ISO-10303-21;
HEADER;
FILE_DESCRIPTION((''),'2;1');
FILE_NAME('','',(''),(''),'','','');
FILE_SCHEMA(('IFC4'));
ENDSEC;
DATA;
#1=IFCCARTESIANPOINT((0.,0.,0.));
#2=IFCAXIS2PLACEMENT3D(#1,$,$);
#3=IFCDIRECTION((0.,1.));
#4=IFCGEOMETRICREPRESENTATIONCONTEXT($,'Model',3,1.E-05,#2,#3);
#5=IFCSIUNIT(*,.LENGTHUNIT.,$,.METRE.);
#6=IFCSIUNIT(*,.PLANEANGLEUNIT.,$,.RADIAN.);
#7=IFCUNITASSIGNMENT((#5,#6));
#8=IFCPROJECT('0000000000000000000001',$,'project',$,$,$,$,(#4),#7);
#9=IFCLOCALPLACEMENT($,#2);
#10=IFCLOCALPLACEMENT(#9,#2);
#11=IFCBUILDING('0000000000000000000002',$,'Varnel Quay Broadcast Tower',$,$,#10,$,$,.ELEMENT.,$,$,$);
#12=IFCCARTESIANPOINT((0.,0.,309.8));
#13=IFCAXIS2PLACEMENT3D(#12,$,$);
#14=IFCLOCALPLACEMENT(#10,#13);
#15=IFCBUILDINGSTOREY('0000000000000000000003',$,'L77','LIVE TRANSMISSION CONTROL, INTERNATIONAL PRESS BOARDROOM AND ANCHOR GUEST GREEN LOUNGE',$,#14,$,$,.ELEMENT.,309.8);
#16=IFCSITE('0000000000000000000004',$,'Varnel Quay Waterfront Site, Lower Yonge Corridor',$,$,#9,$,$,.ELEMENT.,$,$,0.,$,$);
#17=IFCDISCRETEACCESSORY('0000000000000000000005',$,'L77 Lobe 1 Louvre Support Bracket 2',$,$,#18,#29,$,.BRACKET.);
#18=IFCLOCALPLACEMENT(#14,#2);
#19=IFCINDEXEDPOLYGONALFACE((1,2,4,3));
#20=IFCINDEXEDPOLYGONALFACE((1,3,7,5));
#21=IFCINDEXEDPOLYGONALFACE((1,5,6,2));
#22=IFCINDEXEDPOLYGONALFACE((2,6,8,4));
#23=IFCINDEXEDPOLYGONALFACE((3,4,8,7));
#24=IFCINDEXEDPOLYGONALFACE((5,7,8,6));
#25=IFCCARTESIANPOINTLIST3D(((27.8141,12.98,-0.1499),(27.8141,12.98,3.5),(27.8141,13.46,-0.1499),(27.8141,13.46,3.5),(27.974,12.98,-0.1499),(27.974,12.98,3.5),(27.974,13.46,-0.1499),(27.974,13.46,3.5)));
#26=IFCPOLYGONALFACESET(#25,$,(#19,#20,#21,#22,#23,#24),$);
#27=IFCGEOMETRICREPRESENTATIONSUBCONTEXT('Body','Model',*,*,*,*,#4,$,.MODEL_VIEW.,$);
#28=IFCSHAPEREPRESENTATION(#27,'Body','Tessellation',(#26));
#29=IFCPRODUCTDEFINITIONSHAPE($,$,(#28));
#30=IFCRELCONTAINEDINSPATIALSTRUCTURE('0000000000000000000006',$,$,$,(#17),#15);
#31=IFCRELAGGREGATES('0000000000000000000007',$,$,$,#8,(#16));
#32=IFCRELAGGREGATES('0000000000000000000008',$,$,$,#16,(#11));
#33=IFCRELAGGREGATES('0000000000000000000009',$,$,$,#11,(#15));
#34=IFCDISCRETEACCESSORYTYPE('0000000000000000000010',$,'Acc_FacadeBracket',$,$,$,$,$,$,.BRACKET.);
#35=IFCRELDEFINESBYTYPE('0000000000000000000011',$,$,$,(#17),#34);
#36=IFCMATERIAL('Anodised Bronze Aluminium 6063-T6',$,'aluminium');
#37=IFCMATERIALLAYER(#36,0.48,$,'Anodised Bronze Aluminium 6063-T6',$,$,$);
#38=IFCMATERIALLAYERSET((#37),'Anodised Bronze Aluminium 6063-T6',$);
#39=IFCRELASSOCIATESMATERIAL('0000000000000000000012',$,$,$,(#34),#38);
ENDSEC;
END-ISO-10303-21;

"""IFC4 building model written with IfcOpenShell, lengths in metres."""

from ifc_helpers import new_model, si_unit, direction, frame, origin, origin_2d, place, context, subcontext, project, spatial, rectangle, extrude, source, transform, mapped, material, layer, layer_set, type_object, type_shapes, element, save


model = new_model("IFC4")

# Units and contexts
model_context = context("Model", 3, precision=1e-05, world=origin(), true_north=direction((0.0, 1.0)))
body_context = subcontext(model_context, "Body", "Model", "MODEL_VIEW")
ifc_project = project(units=[si_unit("LENGTHUNIT", "METRE"), si_unit("PLANEANGLEUNIT", "RADIAN")], contexts=[model_context])

# Site, building, storey
site_placement = place(None, origin())
site = spatial("IfcSite", under=ifc_project, at=site_placement, Name="Varnel Quay Waterfront Site, Lower Yonge Corridor", CompositionType="ELEMENT", RefElevation=0.0)
building_placement = place(site_placement, origin())
building = spatial("IfcBuilding", under=site, at=building_placement, Name="Varnel Quay Broadcast Tower", CompositionType="ELEMENT")
storey_placement = place(building_placement, frame((0.0, 0.0, 309.8)))
storey = spatial("IfcBuildingStorey", under=building, at=storey_placement, Name="L77", Description="LIVE TRANSMISSION CONTROL, INTERNATIONAL PRESS BOARDROOM AND ANCHOR GUEST GREEN LOUNGE", CompositionType="ELEMENT", Elevation=309.8)

# Shared definitions
ifc_material_1 = material(Name="Anodised Bronze Aluminium 6063-T6", Category="aluminium")

# Discrete accessory
ifc_layer_1 = layer(ifc_material_1, 0.48, Name="Anodised Bronze Aluminium 6063-T6")
ifc_layer_set_1 = layer_set([ifc_layer_1], Name="Anodised Bronze Aluminium 6063-T6")
discrete_accessory_type = type_object("IfcDiscreteAccessoryType", Name="Acc_FacadeBracket", PredefinedType="BRACKET", material=ifc_layer_set_1)
shared_shape_1 = source(origin(), body_context, "Body", "SweptSolid", [
    extrude(rectangle(XDim=0.1599, YDim=0.48, at=origin_2d()), origin(), (0.0, 0.0, 1.0), 3.6499),
])
type_shapes(discrete_accessory_type, [shared_shape_1])
for number, where, z_axis, x_axis, name in (
    (1, (27.894, 13.22, -0.1499), (0.0, 0.0, 1.0), (1.0, 0.0, 0.0), "L77 Lobe 1 Louvre Support Bracket 2"),
):
    element("IfcDiscreteAccessory", number, at=place(storey_placement, frame(where, z_axis=z_axis, x_axis=x_axis)), inside=storey, type_object=discrete_accessory_type, Name=name, PredefinedType="BRACKET", context=body_context, shape_type="MappedRepresentation", body=[
        mapped(shared_shape_1, transform((0.0, 0.0, 0.0), x_axis=(1.0, 0.0, 0.0), y_axis=(0.0, 1.0, 0.0), z_axis=(0.0, 0.0, 1.0), scale=1.0)),
    ])

save(model, "model.ifc")
